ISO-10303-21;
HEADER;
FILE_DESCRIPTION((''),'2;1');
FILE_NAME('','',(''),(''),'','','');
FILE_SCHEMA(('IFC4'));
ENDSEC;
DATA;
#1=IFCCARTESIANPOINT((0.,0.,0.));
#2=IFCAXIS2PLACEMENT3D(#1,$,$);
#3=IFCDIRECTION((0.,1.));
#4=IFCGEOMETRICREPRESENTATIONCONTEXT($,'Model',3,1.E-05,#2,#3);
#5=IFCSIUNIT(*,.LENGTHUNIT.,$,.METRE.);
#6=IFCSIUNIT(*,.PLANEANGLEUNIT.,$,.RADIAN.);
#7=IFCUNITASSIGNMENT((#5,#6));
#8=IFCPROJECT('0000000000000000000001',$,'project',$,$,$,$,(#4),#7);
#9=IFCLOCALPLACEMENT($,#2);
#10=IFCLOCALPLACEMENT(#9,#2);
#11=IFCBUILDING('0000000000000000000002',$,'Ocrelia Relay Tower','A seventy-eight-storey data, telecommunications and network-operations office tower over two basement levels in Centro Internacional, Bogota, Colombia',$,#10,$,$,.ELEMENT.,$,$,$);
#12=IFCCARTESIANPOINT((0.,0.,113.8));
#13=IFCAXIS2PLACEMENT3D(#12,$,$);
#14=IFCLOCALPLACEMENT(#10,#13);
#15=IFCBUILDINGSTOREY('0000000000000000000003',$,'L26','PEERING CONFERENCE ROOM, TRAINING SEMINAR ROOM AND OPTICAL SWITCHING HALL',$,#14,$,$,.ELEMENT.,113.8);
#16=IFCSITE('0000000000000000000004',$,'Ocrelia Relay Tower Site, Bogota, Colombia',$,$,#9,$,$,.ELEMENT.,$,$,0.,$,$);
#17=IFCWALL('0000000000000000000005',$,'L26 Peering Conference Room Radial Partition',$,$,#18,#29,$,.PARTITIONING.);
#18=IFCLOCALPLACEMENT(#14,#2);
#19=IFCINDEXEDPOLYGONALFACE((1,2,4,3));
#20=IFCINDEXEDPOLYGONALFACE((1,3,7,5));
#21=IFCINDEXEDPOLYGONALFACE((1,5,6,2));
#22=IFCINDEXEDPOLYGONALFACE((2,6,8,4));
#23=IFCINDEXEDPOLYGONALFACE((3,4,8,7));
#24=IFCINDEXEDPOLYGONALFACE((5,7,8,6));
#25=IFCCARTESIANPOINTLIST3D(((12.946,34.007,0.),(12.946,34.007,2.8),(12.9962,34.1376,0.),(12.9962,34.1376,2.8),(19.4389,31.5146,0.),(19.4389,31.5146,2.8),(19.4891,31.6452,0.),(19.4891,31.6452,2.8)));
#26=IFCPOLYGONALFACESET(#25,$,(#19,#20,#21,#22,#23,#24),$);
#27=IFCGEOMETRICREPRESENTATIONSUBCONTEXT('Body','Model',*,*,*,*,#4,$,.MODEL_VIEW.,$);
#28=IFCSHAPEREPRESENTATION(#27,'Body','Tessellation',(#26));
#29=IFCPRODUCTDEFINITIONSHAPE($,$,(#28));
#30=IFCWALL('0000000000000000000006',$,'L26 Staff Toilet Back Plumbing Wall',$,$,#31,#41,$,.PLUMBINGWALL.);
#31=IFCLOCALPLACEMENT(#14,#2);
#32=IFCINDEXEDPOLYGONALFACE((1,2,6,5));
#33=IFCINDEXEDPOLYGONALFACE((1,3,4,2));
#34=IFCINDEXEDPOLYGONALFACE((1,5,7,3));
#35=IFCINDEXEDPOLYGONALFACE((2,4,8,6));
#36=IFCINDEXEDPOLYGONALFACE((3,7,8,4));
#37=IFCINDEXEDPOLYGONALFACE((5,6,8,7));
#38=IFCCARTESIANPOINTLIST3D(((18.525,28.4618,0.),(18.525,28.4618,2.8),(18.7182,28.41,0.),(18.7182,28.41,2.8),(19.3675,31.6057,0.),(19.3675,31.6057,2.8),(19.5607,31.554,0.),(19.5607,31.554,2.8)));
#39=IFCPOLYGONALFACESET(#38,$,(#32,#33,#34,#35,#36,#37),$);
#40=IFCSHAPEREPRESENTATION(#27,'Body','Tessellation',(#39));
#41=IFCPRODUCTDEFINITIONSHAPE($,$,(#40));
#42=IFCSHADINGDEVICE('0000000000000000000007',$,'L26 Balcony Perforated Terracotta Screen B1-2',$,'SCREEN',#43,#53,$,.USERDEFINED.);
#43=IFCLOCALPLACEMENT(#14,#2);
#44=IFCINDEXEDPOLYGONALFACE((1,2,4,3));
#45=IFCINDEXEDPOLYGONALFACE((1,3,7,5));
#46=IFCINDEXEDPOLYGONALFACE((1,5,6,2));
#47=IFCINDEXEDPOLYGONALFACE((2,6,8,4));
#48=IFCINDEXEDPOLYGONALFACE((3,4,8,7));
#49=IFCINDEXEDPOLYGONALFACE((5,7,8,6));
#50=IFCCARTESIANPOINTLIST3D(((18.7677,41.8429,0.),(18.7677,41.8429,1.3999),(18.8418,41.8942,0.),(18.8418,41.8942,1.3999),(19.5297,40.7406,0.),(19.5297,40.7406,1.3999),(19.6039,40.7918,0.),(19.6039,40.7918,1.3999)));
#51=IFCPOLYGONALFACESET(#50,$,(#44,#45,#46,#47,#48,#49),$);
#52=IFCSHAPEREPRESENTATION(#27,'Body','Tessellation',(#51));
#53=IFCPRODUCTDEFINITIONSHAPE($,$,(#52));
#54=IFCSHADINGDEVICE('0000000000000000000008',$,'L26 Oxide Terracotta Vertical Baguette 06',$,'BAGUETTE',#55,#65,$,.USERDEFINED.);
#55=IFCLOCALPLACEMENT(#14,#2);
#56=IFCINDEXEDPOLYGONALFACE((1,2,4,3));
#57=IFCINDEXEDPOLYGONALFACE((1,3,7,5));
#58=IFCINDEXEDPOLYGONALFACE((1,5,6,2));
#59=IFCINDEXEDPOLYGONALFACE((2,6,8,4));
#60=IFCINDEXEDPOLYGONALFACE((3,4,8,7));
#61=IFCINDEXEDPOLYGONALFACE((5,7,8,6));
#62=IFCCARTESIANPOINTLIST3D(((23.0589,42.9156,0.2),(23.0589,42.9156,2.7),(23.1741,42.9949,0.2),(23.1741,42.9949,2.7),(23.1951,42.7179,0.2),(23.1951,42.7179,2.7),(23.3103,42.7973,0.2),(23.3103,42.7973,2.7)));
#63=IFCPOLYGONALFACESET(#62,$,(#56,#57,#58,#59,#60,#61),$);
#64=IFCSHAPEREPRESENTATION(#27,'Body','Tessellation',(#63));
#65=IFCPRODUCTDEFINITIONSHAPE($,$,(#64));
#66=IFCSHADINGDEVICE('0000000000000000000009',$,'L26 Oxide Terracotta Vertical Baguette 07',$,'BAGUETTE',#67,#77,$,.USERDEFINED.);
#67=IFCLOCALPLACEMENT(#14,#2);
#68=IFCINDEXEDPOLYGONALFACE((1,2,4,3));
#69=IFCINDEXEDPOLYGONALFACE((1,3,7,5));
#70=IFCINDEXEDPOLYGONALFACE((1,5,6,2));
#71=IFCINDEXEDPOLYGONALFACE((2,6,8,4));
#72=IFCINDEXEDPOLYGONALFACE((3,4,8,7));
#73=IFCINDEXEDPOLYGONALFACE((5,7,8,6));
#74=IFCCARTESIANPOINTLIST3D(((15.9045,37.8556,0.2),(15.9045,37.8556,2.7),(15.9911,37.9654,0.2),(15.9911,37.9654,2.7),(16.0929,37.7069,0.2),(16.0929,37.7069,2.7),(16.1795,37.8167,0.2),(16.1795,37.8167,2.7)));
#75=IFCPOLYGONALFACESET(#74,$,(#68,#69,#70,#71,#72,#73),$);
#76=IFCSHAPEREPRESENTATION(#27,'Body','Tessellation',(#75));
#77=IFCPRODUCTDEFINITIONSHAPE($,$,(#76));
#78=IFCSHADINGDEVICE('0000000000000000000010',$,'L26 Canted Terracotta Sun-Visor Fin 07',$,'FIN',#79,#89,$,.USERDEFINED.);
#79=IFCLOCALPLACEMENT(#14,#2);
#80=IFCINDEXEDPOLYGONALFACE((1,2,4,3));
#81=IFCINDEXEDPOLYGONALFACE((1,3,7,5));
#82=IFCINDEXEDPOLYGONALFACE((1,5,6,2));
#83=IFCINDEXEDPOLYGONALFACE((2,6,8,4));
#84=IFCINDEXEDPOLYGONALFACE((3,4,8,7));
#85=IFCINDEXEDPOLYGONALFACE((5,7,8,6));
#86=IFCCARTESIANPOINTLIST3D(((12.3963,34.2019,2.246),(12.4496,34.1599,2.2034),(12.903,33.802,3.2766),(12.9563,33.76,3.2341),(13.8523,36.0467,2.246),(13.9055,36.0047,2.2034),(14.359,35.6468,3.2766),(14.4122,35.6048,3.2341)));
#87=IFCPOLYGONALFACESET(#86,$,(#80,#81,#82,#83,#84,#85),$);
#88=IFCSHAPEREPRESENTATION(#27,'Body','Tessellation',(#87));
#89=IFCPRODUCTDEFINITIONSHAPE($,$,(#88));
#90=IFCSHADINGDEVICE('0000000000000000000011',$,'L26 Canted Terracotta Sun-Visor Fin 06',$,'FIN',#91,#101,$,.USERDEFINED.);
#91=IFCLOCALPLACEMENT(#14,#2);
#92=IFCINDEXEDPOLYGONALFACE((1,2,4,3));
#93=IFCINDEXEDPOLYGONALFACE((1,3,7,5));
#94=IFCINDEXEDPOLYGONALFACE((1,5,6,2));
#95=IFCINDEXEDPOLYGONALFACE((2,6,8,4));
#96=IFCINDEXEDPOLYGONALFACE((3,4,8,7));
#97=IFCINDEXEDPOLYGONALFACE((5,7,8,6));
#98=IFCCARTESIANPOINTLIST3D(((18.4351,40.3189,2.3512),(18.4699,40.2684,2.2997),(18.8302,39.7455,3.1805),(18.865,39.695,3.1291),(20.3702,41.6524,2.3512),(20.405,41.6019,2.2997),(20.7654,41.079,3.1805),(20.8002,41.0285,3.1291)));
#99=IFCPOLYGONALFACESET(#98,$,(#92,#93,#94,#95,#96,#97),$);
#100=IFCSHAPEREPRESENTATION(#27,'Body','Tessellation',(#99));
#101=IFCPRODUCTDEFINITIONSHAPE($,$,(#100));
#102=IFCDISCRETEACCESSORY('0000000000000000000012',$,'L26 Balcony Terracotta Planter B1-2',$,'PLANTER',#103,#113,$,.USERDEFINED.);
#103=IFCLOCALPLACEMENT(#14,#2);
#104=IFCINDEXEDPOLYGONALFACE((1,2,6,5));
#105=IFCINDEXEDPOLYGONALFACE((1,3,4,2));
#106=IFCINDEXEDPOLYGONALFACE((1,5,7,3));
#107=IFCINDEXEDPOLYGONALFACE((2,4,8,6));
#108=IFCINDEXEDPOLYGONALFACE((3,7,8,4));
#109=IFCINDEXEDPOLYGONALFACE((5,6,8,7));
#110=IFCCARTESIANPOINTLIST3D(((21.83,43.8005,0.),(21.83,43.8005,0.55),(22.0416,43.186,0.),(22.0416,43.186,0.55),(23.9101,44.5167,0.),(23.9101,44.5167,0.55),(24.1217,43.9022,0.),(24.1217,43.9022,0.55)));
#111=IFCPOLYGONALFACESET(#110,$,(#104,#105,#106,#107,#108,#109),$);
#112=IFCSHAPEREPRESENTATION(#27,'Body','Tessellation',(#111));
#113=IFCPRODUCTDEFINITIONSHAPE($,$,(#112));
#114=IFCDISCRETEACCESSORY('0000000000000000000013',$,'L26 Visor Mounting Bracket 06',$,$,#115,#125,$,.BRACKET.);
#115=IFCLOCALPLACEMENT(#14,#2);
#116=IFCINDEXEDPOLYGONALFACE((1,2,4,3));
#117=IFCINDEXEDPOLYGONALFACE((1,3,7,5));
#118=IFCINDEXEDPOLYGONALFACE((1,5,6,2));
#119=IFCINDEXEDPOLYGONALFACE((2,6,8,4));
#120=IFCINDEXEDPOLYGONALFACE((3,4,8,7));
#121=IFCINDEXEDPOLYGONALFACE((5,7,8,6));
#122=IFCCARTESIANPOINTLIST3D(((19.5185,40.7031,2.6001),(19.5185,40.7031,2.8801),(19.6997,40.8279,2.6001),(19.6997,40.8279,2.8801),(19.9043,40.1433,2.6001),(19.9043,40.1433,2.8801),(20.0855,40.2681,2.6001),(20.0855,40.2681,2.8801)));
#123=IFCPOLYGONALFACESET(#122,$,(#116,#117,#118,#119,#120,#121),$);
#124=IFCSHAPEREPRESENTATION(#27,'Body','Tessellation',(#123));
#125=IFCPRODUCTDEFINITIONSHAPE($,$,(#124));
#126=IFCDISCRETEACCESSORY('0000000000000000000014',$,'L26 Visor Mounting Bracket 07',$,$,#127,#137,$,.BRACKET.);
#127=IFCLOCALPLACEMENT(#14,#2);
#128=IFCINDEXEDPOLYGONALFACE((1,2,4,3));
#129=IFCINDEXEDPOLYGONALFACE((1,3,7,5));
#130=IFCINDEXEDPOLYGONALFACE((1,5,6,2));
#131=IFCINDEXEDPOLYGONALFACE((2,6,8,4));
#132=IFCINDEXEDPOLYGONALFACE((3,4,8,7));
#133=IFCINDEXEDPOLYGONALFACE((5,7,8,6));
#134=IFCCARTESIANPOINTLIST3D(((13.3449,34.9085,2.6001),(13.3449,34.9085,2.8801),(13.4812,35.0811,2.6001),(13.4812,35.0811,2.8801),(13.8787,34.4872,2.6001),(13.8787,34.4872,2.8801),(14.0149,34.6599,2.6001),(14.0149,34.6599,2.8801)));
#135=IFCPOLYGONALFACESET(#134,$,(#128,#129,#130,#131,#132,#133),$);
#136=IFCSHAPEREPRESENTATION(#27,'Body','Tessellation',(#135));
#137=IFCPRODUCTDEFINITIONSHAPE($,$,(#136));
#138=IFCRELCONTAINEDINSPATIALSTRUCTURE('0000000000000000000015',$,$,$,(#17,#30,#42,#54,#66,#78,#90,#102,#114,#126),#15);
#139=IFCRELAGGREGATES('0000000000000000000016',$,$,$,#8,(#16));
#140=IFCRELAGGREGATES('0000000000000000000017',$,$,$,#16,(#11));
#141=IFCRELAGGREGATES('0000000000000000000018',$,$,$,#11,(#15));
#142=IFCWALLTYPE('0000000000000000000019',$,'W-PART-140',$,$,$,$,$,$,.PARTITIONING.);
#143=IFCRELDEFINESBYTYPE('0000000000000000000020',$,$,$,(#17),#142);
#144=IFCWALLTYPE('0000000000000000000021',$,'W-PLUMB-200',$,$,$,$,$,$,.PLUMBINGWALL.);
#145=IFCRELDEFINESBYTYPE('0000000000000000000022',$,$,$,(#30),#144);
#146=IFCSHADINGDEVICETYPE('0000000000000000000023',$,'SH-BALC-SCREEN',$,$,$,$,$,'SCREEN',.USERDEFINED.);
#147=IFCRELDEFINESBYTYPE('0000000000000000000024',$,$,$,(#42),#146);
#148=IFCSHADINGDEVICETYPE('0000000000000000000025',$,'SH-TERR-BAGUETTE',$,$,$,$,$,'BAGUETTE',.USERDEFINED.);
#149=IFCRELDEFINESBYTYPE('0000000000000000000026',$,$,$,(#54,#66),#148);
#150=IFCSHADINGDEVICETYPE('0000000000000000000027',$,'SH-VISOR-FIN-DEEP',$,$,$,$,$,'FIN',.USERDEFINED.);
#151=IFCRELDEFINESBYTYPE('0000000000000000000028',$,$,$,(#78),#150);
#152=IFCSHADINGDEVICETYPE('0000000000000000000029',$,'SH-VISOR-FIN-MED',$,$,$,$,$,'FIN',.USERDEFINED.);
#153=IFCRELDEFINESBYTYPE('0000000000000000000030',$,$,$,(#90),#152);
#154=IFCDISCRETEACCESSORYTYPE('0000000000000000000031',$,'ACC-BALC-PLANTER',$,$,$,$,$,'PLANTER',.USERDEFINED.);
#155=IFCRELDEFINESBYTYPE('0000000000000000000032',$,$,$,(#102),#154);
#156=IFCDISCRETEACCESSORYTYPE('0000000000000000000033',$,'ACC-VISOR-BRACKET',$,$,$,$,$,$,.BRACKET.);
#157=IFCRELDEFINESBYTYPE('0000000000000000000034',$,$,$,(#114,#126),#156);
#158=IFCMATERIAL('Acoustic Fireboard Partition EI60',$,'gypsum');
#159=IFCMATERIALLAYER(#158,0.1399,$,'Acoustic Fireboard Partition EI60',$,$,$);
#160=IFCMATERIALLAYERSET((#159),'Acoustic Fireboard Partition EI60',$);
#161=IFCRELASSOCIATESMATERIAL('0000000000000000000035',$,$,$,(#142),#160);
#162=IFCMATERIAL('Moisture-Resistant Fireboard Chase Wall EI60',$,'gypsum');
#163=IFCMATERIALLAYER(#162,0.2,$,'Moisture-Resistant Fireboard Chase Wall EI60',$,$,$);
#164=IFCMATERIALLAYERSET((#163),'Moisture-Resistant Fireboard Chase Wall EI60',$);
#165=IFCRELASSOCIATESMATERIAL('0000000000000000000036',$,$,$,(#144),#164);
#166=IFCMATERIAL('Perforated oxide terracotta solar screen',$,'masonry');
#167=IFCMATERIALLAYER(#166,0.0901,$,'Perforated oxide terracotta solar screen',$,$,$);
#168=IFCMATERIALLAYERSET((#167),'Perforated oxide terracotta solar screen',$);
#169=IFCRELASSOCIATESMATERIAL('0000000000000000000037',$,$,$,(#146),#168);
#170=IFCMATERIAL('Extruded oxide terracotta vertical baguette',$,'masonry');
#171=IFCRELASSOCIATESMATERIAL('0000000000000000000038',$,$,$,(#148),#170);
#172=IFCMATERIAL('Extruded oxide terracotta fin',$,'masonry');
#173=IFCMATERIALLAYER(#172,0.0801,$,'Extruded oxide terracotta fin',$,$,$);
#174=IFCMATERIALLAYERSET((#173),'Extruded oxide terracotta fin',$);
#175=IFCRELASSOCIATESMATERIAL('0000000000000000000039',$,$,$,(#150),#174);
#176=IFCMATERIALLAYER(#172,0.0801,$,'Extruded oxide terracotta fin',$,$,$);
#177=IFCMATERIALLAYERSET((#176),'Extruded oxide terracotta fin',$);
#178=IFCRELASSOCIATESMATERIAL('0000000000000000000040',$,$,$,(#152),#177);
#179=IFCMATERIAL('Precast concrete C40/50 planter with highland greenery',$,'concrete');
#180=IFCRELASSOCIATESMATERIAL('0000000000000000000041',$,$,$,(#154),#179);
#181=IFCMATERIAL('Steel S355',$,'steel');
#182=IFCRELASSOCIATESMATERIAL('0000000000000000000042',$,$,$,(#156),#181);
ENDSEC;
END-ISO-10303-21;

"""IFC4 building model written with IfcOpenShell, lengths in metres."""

from ifc_helpers import new_model, si_unit, direction, frame, frame_2d, origin, origin_2d, place, context, subcontext, project, spatial, rectangle, extrude, material, layer, layer_set, type_object, element, save


model = new_model("IFC4")

# Units and contexts
model_context = context("Model", 3, precision=1e-05, world=origin(), true_north=direction((0.0, 1.0)))
body_context = subcontext(model_context, "Body", "Model", "MODEL_VIEW")
ifc_project = project(units=[si_unit("LENGTHUNIT", "METRE"), si_unit("PLANEANGLEUNIT", "RADIAN")], contexts=[model_context])

# Site, building, storey
site_placement = place(None, origin())
site = spatial("IfcSite", under=ifc_project, at=site_placement, Name="Ocrelia Relay Tower Site, Bogota, Colombia", CompositionType="ELEMENT", RefElevation=0.0)
building_placement = place(site_placement, origin())
building = spatial("IfcBuilding", under=site, at=building_placement, Name="Ocrelia Relay Tower", Description="A seventy-eight-storey data, telecommunications and network-operations office tower over two basement levels in Centro Internacional, Bogota, Colombia", CompositionType="ELEMENT")
storey_placement = place(building_placement, frame((0.0, 0.0, 113.8)))
storey = spatial("IfcBuildingStorey", under=building, at=storey_placement, Name="L26", Description="PEERING CONFERENCE ROOM, TRAINING SEMINAR ROOM AND OPTICAL SWITCHING HALL", CompositionType="ELEMENT", Elevation=113.8)

# Shared definitions
ifc_material_1 = material(Name="Steel S355", Category="steel")

# Walls
ifc_material_2 = material(Name="Acoustic Fireboard Partition EI60", Category="gypsum")
ifc_layer_1 = layer(ifc_material_2, 0.1399, Name="Acoustic Fireboard Partition EI60")
ifc_layer_set_1 = layer_set([ifc_layer_1], Name="Acoustic Fireboard Partition EI60")
wall_type_1 = type_object("IfcWallType", Name="W-PART-140", PredefinedType="PARTITIONING", material=ifc_layer_set_1)
wall_1_placement = place(storey_placement, frame((19.4641, 31.5798, 0.0), z_axis=(0.0, 0.0, 1.0), x_axis=(-0.933579, 0.358372, 0.0)))
element("IfcWall", 1, at=wall_1_placement, inside=storey, type_object=wall_type_1, Name="L26 Peering Conference Room Radial Partition", PredefinedType="PARTITIONING", context=body_context, shape_type="SweptSolid", body=[
    extrude(rectangle(XDim=6.9548, YDim=0.1399, at=frame_2d((3.4775, 0.0))), origin(), (0.0, 0.0, 1.0), 2.8),
])
ifc_material_3 = material(Name="Moisture-Resistant Fireboard Chase Wall EI60", Category="gypsum")
ifc_layer_2 = layer(ifc_material_3, 0.2, Name="Moisture-Resistant Fireboard Chase Wall EI60")
ifc_layer_set_2 = layer_set([ifc_layer_2], Name="Moisture-Resistant Fireboard Chase Wall EI60")
wall_type_2 = type_object("IfcWallType", Name="W-PLUMB-200", PredefinedType="PLUMBINGWALL", material=ifc_layer_set_2)
wall_2_placement = place(storey_placement, frame((19.4641, 31.5798, 0.0), z_axis=(0.0, 0.0, 1.0), x_axis=(-0.258844, -0.965919, 0.0)))
element("IfcWall", 2, at=wall_2_placement, inside=storey, type_object=wall_type_2, Name="L26 Staff Toilet Back Plumbing Wall", PredefinedType="PLUMBINGWALL", context=body_context, shape_type="SweptSolid", body=[
    extrude(rectangle(XDim=3.2549, YDim=0.2, at=frame_2d((1.6274, 0.0))), origin(), (0.0, 0.0, 1.0), 2.8),
])

# Shading devices
ifc_material_4 = material(Name="Perforated oxide terracotta solar screen", Category="masonry")
ifc_layer_3 = layer(ifc_material_4, 0.0901, Name="Perforated oxide terracotta solar screen")
ifc_layer_set_3 = layer_set([ifc_layer_3], Name="Perforated oxide terracotta solar screen")
shading_device_type_1 = type_object("IfcShadingDeviceType", Name="SH-BALC-SCREEN", ElementType="SCREEN", PredefinedType="USERDEFINED", material=ifc_layer_set_3)
shading_device_1_placement = place(storey_placement, frame((19.1858, 41.3174, 0.0), z_axis=(0.0, 0.0, 1.0), x_axis=(-0.568631, 0.822592, 0.0)))
element("IfcShadingDevice", 3, at=shading_device_1_placement, inside=storey, type_object=shading_device_type_1, Name="L26 Balcony Perforated Terracotta Screen B1-2", ObjectType="SCREEN", PredefinedType="USERDEFINED", context=body_context, shape_type="SweptSolid", body=[
    extrude(rectangle(XDim=1.3401, YDim=0.0901, at=origin_2d()), origin(), (0.0, 0.0, 1.0), 1.3999),
])
ifc_material_5 = material(Name="Extruded oxide terracotta vertical baguette", Category="masonry")
shading_device_type_2 = type_object("IfcShadingDeviceType", Name="SH-TERR-BAGUETTE", ElementType="BAGUETTE", PredefinedType="USERDEFINED", material=ifc_material_5)
for number, where, z_axis, x_axis, name in (
    (4, (23.1846, 42.8564, 0.2), (0.0, 0.0, 1.0), (-0.823427, -0.567423, 0.0), "L26 Oxide Terracotta Vertical Baguette 06"),
    (5, (16.042, 37.8362, 0.2), (0.0, 0.0, 1.0), (-0.619522, -0.78498, 0.0), "L26 Oxide Terracotta Vertical Baguette 07"),
):
    element("IfcShadingDevice", number, at=place(storey_placement, frame(where, z_axis=z_axis, x_axis=x_axis)), inside=storey, type_object=shading_device_type_2, Name=name, ObjectType="BAGUETTE", PredefinedType="USERDEFINED", context=body_context, shape_type="SweptSolid", body=[
        extrude(rectangle(XDim=0.1399, YDim=0.24, at=origin_2d()), origin(), (0.0, 0.0, 1.0), 2.5),
    ])
ifc_material_6 = material(Name="Extruded oxide terracotta fin", Category="masonry")
ifc_layer_4 = layer(ifc_material_6, 0.0801, Name="Extruded oxide terracotta fin")
ifc_layer_set_4 = layer_set([ifc_layer_4], Name="Extruded oxide terracotta fin")
shading_device_type_3 = type_object("IfcShadingDeviceType", Name="SH-VISOR-FIN-DEEP", ElementType="FIN", PredefinedType="USERDEFINED", material=ifc_layer_set_4)
shading_device_2_placement = place(storey_placement, frame((13.4309, 34.8823, 2.7188), z_axis=(-0.665264, 0.52504, 0.530807), x_axis=(-0.619522, -0.78498, 0.0)))
element("IfcShadingDevice", 6, at=shading_device_2_placement, inside=storey, type_object=shading_device_type_3, Name="L26 Canted Terracotta Sun-Visor Fin 07", ObjectType="FIN", PredefinedType="USERDEFINED", context=body_context, shape_type="SweptSolid", body=[
    extrude(rectangle(XDim=2.3501, YDim=1.2161, at=origin_2d()), origin(), (0.0, 0.0, 1.0), 0.0801),
])
ifc_layer_5 = layer(ifc_material_6, 0.0801, Name="Extruded oxide terracotta fin")
ifc_layer_set_5 = layer_set([ifc_layer_5], Name="Extruded oxide terracotta fin")
shading_device_type_4 = type_object("IfcShadingDeviceType", Name="SH-VISOR-FIN-MED", ElementType="FIN", PredefinedType="USERDEFINED", material=ifc_layer_set_5)
shading_device_3_placement = place(storey_placement, frame((19.635, 40.6484, 2.7144), z_axis=(-0.434544, 0.630597, 0.643055), x_axis=(-0.823427, -0.567423, 0.0)))
element("IfcShadingDevice", 7, at=shading_device_3_placement, inside=storey, type_object=shading_device_type_4, Name="L26 Canted Terracotta Sun-Visor Fin 06", ObjectType="FIN", PredefinedType="USERDEFINED", context=body_context, shape_type="SweptSolid", body=[
    extrude(rectangle(XDim=2.3501, YDim=1.083, at=origin_2d()), origin(), (0.0, 0.0, 1.0), 0.0801),
])

# Discrete accessories
ifc_material_7 = material(Name="Precast concrete C40/50 planter with highland greenery", Category="concrete")
discrete_accessory_type_1 = type_object("IfcDiscreteAccessoryType", Name="ACC-BALC-PLANTER", ElementType="PLANTER", PredefinedType="USERDEFINED", material=ifc_material_7)
discrete_accessory_placement = place(storey_placement, frame((22.9758, 43.8513, 0.0), z_axis=(0.0, 0.0, 1.0), x_axis=(0.945524, 0.325553, 0.0)))
element("IfcDiscreteAccessory", 8, at=discrete_accessory_placement, inside=storey, type_object=discrete_accessory_type_1, Name="L26 Balcony Terracotta Planter B1-2", ObjectType="PLANTER", PredefinedType="USERDEFINED", context=body_context, shape_type="SweptSolid", body=[
    extrude(rectangle(XDim=2.2, YDim=0.6499, at=origin_2d()), origin(), (0.0, 0.0, 1.0), 0.55),
])
discrete_accessory_type_2 = type_object("IfcDiscreteAccessoryType", Name="ACC-VISOR-BRACKET", PredefinedType="BRACKET", material=ifc_material_1)
for number, where, z_axis, x_axis, name in (
    (9, (19.802, 40.4856, 2.6001), (0.0, 0.0, 1.0), (-0.823427, -0.567423, 0.0), "L26 Visor Mounting Bracket 06"),
    (10, (13.6799, 34.7842, 2.6001), (0.0, 0.0, 1.0), (-0.619522, -0.78498, 0.0), "L26 Visor Mounting Bracket 07"),
):
    element("IfcDiscreteAccessory", number, at=place(storey_placement, frame(where, z_axis=z_axis, x_axis=x_axis)), inside=storey, type_object=discrete_accessory_type_2, Name=name, PredefinedType="BRACKET", context=body_context, shape_type="SweptSolid", body=[
        extrude(rectangle(XDim=0.22, YDim=0.6799, at=origin_2d()), origin(), (0.0, 0.0, 1.0), 0.28),
    ])

save(model, "model.ifc")
